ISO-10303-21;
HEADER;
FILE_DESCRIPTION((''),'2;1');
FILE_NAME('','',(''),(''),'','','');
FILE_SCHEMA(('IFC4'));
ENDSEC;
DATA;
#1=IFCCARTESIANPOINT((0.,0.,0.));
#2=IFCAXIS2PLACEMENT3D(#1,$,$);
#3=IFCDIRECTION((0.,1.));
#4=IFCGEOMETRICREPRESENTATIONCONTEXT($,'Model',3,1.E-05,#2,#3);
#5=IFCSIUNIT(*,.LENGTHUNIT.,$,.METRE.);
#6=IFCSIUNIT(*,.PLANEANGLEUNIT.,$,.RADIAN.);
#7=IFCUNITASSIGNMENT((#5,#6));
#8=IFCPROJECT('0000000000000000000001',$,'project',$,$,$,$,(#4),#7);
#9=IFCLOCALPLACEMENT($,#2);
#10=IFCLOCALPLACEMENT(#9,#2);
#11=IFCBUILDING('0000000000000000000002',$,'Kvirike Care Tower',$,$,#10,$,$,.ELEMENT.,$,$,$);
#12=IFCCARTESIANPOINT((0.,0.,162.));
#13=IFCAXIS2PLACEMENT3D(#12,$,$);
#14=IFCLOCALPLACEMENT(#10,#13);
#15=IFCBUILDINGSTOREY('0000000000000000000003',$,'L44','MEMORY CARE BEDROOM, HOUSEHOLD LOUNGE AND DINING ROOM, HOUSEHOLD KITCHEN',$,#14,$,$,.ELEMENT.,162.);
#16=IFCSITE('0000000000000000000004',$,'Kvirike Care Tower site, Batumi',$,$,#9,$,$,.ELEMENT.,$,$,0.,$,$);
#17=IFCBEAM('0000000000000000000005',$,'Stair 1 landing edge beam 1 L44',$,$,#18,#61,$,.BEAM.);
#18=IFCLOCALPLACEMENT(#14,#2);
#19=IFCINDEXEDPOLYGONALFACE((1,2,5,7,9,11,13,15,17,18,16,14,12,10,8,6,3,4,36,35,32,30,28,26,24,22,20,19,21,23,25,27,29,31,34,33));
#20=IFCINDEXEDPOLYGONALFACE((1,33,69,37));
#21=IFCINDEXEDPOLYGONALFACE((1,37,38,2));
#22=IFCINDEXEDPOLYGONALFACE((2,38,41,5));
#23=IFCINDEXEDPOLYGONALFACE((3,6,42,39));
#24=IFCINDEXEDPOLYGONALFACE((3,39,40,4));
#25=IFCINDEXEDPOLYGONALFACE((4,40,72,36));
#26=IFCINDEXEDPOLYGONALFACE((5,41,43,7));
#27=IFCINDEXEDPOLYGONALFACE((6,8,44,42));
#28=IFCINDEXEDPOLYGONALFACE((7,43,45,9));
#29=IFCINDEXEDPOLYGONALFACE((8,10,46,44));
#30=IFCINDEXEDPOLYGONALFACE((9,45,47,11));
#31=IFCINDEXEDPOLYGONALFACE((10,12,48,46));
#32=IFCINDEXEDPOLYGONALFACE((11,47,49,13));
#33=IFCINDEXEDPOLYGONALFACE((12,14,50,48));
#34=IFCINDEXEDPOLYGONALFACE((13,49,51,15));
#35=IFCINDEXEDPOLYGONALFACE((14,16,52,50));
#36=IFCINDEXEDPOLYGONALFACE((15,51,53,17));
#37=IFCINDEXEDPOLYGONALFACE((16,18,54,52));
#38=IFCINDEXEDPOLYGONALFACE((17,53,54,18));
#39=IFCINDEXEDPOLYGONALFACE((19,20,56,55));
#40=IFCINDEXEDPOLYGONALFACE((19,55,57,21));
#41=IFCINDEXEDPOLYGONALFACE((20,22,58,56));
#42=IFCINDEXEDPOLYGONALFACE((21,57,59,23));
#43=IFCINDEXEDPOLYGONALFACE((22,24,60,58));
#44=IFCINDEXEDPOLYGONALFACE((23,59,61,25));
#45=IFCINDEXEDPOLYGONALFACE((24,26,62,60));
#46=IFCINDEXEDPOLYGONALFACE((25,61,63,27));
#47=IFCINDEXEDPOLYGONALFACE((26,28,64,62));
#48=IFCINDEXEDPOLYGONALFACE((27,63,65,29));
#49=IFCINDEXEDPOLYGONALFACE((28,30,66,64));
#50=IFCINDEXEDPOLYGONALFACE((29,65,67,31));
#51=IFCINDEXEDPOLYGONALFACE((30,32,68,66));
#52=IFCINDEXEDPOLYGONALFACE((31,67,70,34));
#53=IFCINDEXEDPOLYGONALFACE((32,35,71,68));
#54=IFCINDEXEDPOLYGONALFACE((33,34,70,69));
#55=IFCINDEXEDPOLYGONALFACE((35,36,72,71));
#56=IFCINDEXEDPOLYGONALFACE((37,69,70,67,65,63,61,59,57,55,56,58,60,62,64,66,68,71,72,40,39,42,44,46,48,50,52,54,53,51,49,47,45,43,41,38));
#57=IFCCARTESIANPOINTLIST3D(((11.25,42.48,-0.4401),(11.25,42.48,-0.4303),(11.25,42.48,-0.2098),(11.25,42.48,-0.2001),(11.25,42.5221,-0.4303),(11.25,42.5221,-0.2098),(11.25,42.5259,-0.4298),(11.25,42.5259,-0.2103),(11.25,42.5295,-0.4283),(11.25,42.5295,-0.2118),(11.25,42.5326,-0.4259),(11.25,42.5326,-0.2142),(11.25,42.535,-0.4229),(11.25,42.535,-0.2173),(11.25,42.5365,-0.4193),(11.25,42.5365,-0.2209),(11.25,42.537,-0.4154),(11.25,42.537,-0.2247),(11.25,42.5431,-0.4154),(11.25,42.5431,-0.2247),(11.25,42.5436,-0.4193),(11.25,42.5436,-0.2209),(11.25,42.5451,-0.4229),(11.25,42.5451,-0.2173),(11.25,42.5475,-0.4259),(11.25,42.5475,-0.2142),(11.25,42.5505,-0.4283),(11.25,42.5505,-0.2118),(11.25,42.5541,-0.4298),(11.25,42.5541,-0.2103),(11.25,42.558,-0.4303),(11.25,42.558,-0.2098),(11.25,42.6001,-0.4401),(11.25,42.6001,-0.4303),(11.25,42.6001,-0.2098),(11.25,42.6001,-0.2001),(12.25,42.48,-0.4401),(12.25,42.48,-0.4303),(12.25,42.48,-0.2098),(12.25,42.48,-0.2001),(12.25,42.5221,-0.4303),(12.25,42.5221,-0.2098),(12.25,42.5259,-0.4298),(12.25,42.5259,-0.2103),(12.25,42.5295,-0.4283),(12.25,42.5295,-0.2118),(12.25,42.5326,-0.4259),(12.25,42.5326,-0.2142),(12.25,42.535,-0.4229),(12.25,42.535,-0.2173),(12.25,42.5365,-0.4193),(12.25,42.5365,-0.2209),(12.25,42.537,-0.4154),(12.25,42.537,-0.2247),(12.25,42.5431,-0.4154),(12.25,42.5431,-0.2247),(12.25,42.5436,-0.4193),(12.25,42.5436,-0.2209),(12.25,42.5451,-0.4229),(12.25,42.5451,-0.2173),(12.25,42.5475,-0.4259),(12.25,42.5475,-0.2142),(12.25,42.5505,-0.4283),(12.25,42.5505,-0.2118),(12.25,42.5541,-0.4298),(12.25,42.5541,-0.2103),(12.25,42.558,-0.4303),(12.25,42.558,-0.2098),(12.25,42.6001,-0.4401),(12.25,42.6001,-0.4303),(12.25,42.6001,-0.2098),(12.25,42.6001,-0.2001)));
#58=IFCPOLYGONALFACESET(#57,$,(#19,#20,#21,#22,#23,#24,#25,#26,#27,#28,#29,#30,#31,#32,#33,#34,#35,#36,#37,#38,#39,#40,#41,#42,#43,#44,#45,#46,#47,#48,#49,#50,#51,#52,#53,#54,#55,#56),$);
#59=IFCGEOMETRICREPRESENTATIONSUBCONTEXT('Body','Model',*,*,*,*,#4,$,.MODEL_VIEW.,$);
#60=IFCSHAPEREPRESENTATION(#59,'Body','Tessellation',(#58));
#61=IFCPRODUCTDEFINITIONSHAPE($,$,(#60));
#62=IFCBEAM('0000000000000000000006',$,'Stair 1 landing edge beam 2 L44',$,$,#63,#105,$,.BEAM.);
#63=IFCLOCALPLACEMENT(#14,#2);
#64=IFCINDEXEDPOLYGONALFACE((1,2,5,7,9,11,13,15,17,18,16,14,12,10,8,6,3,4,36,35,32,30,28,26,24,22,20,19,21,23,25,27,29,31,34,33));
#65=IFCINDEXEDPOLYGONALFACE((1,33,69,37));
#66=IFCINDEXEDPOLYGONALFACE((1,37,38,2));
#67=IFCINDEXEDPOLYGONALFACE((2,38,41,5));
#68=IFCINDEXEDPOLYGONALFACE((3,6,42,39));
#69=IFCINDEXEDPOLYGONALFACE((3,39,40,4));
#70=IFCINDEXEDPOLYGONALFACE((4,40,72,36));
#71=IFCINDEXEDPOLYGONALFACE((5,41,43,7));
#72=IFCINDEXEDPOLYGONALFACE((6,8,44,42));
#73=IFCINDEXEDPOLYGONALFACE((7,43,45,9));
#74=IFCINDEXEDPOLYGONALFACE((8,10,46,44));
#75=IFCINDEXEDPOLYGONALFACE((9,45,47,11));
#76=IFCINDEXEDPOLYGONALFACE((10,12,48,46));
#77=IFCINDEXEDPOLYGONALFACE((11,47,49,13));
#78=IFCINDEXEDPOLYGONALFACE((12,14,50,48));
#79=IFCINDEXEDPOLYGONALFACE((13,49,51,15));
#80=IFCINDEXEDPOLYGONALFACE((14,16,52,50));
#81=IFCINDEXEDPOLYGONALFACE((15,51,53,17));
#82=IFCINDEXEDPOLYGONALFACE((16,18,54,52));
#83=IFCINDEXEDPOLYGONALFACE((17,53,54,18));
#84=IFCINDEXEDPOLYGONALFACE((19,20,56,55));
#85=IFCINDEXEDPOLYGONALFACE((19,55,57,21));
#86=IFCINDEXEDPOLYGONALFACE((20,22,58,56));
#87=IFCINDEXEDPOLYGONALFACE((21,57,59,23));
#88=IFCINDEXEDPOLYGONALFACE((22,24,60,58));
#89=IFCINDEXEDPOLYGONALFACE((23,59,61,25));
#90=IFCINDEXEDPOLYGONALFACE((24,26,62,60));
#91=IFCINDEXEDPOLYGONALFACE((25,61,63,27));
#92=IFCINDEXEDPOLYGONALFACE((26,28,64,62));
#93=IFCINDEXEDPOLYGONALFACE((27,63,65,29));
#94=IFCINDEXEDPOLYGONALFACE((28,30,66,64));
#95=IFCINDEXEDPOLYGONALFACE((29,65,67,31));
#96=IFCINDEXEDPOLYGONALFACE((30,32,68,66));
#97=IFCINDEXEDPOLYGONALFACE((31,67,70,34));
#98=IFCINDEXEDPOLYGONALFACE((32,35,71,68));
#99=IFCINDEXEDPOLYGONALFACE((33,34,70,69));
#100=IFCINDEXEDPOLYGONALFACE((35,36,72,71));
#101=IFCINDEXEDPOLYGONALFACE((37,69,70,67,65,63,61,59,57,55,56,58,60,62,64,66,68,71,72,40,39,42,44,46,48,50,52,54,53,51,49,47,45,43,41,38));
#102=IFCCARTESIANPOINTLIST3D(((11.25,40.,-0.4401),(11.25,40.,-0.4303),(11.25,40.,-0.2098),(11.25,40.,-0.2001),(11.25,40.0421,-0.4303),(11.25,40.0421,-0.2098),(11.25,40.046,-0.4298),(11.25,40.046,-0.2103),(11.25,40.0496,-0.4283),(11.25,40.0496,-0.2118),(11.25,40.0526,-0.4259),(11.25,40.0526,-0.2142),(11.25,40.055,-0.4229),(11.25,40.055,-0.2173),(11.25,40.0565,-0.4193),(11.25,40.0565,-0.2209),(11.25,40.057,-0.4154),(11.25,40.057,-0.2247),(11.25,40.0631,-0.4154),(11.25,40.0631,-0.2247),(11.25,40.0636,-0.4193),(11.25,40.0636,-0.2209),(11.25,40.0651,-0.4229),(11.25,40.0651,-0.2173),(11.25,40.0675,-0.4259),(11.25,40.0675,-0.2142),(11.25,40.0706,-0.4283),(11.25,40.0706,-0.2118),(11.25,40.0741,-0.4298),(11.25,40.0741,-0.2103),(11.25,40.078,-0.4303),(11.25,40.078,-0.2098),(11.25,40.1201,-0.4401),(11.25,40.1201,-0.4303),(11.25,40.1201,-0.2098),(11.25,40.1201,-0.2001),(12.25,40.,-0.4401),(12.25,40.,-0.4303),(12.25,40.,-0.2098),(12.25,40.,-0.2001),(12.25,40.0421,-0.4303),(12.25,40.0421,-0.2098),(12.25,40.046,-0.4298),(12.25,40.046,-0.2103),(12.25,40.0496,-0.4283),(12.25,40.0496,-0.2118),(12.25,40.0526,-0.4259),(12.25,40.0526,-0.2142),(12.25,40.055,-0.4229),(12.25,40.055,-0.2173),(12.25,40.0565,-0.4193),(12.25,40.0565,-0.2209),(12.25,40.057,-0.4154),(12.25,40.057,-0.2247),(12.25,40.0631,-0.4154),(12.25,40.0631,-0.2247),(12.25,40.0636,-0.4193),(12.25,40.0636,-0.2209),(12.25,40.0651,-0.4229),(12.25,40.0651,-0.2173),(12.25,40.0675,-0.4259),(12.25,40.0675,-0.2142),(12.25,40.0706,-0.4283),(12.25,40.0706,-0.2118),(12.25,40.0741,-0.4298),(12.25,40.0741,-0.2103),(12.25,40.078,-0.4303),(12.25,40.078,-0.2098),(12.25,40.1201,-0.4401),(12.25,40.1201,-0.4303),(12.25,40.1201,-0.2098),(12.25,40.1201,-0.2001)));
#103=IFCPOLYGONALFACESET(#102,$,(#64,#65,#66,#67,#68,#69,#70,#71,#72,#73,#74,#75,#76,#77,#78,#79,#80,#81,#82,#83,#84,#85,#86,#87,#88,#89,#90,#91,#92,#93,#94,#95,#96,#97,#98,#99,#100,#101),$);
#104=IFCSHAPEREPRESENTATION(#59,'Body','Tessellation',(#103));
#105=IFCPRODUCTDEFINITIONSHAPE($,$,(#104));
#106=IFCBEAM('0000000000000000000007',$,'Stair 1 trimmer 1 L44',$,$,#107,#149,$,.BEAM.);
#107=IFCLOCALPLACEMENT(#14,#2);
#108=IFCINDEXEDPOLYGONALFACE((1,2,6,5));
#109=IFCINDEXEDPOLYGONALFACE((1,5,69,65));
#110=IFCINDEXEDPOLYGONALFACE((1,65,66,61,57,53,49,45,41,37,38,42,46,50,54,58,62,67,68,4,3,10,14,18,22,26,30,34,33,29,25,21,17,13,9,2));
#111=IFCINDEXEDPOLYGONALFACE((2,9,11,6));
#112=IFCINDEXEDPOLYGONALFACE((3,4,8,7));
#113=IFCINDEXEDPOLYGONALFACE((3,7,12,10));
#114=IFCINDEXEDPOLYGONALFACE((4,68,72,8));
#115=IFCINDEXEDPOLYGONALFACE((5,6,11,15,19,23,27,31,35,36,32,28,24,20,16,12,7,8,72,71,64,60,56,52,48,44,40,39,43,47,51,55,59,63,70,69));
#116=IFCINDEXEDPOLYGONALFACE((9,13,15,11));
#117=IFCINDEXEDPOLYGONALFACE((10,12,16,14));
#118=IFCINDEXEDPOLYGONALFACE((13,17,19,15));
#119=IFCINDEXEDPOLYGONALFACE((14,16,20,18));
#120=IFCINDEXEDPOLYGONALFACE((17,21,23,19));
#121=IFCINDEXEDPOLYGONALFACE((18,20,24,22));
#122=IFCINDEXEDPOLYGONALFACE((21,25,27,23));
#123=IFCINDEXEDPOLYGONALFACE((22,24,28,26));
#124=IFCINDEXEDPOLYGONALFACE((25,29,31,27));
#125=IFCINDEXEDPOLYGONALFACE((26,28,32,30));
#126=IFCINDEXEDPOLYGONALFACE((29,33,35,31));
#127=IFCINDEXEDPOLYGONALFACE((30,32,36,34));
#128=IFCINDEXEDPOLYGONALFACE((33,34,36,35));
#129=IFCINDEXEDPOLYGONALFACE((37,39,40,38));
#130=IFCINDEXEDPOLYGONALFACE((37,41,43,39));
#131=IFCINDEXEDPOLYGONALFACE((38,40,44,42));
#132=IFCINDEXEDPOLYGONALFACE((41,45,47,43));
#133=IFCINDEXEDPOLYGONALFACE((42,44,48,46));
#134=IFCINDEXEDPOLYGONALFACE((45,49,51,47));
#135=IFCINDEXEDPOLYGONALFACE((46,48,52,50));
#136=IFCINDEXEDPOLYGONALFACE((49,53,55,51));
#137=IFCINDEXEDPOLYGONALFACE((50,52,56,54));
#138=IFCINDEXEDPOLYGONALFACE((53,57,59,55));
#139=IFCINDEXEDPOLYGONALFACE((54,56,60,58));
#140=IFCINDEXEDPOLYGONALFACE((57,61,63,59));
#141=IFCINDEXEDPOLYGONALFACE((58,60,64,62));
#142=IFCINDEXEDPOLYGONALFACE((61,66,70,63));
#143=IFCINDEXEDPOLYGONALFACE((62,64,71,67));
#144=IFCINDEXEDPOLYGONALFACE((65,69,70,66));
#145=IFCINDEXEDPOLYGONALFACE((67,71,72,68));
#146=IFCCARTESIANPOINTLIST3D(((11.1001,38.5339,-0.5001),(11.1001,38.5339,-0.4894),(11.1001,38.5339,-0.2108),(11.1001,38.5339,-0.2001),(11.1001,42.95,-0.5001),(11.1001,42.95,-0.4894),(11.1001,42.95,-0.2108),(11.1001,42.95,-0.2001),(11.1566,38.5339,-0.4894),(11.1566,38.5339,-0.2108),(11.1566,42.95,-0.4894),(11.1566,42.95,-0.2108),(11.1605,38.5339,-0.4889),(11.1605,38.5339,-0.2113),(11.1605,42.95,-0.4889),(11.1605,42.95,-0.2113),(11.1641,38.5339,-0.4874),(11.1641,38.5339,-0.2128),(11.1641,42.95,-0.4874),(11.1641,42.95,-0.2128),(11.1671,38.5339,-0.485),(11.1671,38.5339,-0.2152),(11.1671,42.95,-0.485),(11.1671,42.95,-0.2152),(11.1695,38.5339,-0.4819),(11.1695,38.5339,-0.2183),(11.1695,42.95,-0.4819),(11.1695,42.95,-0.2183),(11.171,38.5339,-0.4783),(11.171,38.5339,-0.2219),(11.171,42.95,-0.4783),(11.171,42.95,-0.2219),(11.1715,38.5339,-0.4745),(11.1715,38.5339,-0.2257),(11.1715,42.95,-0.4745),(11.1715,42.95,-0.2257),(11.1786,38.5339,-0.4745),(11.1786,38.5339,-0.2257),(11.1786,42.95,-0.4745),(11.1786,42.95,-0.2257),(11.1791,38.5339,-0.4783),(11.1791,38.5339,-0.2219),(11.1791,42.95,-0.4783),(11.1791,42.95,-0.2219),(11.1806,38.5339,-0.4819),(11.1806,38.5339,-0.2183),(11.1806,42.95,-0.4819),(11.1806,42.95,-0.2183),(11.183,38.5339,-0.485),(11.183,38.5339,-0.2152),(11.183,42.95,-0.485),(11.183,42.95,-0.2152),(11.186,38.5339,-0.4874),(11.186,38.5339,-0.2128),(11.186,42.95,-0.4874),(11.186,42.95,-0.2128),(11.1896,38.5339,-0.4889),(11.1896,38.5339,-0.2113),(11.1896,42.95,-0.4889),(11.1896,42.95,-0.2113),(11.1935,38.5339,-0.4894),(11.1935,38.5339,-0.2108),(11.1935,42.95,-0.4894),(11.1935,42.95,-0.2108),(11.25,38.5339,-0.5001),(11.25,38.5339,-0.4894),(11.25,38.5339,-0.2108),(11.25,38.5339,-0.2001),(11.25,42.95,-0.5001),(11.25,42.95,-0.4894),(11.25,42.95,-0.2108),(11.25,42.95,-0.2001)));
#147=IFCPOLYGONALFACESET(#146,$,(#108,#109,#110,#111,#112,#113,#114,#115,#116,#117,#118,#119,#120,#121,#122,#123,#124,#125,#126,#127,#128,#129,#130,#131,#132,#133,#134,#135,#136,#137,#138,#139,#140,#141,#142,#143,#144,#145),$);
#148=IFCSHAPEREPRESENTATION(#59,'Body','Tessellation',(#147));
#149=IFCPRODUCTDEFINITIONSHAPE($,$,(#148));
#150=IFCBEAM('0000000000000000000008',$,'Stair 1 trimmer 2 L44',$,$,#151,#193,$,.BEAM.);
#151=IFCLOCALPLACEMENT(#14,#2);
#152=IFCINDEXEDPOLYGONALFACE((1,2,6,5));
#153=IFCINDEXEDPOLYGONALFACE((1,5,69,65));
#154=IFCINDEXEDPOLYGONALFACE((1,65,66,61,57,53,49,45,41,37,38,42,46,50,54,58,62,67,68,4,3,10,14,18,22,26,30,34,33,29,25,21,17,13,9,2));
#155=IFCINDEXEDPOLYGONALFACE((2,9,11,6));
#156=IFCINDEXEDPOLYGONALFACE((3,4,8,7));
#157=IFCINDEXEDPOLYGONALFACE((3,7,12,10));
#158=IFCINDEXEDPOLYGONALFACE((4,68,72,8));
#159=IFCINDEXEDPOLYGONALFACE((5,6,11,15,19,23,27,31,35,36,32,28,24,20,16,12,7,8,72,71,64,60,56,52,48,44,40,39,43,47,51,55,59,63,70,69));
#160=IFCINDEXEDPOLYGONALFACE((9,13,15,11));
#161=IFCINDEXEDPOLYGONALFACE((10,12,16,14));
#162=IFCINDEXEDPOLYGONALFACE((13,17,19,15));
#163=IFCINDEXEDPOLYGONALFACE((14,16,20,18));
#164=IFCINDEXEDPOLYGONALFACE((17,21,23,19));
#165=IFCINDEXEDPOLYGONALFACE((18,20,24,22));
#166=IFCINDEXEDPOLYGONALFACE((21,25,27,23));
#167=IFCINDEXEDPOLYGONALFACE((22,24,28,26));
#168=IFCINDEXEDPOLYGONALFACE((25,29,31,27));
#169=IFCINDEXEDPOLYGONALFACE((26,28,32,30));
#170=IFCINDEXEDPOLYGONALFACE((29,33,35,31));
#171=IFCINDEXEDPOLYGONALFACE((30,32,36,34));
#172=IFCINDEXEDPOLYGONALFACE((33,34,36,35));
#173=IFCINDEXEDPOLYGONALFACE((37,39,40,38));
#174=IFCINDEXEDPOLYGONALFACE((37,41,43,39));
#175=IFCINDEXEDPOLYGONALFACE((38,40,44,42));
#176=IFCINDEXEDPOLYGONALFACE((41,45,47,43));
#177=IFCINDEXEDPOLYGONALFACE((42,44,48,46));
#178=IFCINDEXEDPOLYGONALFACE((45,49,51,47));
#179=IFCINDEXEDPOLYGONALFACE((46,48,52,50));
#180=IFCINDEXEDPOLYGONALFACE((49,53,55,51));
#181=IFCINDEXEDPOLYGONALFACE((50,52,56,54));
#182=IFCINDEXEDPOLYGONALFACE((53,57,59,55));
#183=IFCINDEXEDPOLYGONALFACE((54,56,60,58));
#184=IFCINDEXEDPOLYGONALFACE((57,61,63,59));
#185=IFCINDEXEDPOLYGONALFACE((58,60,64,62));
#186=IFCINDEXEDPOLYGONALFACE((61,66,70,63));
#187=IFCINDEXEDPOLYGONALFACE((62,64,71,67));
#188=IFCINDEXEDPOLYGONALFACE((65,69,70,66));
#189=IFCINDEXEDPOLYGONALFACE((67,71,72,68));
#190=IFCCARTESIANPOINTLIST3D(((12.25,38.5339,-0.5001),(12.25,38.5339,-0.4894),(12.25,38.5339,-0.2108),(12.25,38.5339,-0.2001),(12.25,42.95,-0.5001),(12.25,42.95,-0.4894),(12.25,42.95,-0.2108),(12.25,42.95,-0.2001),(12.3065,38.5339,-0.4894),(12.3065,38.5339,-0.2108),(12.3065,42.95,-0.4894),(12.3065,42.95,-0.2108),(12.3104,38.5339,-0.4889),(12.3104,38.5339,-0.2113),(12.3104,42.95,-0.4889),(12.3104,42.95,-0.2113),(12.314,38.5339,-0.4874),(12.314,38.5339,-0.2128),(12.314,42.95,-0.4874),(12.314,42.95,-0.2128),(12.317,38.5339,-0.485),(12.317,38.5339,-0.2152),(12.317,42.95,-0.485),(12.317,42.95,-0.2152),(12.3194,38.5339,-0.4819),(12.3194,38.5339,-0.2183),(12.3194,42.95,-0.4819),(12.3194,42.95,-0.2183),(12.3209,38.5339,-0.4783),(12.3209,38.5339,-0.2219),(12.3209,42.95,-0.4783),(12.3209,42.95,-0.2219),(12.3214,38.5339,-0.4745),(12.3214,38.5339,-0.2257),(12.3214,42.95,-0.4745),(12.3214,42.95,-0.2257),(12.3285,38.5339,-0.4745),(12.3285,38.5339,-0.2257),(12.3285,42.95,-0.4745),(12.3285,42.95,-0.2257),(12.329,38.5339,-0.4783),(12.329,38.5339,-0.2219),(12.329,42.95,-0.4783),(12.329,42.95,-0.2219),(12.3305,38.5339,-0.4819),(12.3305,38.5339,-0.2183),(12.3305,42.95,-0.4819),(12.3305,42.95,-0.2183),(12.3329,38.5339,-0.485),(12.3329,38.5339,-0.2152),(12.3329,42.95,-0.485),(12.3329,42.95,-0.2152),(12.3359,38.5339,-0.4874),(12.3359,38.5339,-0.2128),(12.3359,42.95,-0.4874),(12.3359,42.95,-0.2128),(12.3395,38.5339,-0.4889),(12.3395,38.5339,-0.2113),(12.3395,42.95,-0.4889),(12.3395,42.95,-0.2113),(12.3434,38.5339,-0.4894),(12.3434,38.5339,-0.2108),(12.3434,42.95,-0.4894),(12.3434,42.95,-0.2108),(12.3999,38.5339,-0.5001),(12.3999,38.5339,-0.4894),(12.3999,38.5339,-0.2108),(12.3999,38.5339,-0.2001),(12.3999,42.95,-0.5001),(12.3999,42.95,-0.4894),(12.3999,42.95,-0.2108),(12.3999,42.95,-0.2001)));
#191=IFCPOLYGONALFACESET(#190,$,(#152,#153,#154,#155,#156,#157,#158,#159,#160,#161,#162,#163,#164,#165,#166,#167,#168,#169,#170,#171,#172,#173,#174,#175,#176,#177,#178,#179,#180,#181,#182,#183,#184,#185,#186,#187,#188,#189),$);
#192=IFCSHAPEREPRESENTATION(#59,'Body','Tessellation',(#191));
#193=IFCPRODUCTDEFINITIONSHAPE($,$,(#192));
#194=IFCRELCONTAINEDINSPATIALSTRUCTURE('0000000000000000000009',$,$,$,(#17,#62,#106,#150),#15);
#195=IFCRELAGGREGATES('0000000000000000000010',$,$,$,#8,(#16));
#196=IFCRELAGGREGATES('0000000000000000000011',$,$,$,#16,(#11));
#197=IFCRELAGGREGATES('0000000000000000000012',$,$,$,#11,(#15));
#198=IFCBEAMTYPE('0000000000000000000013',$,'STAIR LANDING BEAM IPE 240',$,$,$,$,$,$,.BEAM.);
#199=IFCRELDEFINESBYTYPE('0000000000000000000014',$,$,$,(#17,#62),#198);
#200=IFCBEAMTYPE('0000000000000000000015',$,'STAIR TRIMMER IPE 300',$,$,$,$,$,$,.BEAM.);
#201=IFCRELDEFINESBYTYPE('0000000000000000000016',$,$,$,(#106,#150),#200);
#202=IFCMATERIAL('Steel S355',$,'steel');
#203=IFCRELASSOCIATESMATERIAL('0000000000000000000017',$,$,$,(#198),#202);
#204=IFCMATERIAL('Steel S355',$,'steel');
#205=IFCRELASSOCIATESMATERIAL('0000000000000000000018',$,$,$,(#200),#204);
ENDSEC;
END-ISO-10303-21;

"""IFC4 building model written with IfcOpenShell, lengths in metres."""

from ifc_helpers import new_model, si_unit, direction, frame, origin, origin_2d, place, context, subcontext, project, spatial, i_section, extrude, material, material_profile, profile_set, type_object, element, save


model = new_model("IFC4")

# Units and contexts
model_context = context("Model", 3, precision=1e-05, world=origin(), true_north=direction((0.0, 1.0)))
body_context = subcontext(model_context, "Body", "Model", "MODEL_VIEW")
ifc_project = project(units=[si_unit("LENGTHUNIT", "METRE"), si_unit("PLANEANGLEUNIT", "RADIAN")], contexts=[model_context])

# Site, building, storey
site_placement = place(None, origin())
site = spatial("IfcSite", under=ifc_project, at=site_placement, Name="Kvirike Care Tower site, Batumi", CompositionType="ELEMENT", RefElevation=0.0)
building_placement = place(site_placement, origin())
building = spatial("IfcBuilding", under=site, at=building_placement, Name="Kvirike Care Tower", CompositionType="ELEMENT")
storey_placement = place(building_placement, frame((0.0, 0.0, 162.0)))
storey = spatial("IfcBuildingStorey", under=building, at=storey_placement, Name="L44", Description="MEMORY CARE BEDROOM, HOUSEHOLD LOUNGE AND DINING ROOM, HOUSEHOLD KITCHEN", CompositionType="ELEMENT", Elevation=162.0)

# Beams
ifc_material_1 = material(Name="Steel S355", Category="steel")
ifc_material_profile_1 = material_profile(ifc_material_1, i_section(OverallWidth=0.1201, OverallDepth=0.24, WebThickness=0.0061, FlangeThickness=0.0098, FilletRadius=0.0149, at=origin_2d()), Name="IPE 240")
ifc_profile_set_1 = profile_set([ifc_material_profile_1], Name="Steel S355")
beam_type_1 = type_object("IfcBeamType", Name="STAIR LANDING BEAM IPE 240", PredefinedType="BEAM", material=ifc_profile_set_1)
for number, where, z_axis, x_axis, name in (
    (1, (11.25, 42.54, -0.3201), (1.0, 0.0, 0.0), (0.0, 1.0, 0.0), "Stair 1 landing edge beam 1 L44"),
    (2, (11.25, 40.0601, -0.3201), (1.0, 0.0, 0.0), (0.0, 1.0, 0.0), "Stair 1 landing edge beam 2 L44"),
):
    element("IfcBeam", number, at=place(storey_placement, frame(where, z_axis=z_axis, x_axis=x_axis)), inside=storey, type_object=beam_type_1, Name=name, PredefinedType="BEAM", context=body_context, shape_type="SweptSolid", body=[
        extrude(i_section(OverallWidth=0.1201, OverallDepth=0.24, WebThickness=0.0061, FlangeThickness=0.0098, FilletRadius=0.0149, at=origin_2d()), origin(), (0.0, 0.0, 1.0), 1.0),
    ])
ifc_material_2 = material(Name="Steel S355", Category="steel")
ifc_material_profile_2 = material_profile(ifc_material_2, i_section(OverallWidth=0.1499, OverallDepth=0.3, WebThickness=0.0071, FlangeThickness=0.0107, FilletRadius=0.0149, at=origin_2d()), Name="IPE 300")
ifc_profile_set_2 = profile_set([ifc_material_profile_2], Name="Steel S355")
beam_type_2 = type_object("IfcBeamType", Name="STAIR TRIMMER IPE 300", PredefinedType="BEAM", material=ifc_profile_set_2)
for number, where, z_axis, x_axis, name in (
    (3, (11.175, 42.95, -0.3501), (0.0, -1.0, 0.0), (1.0, 0.0, 0.0), "Stair 1 trimmer 1 L44"),
    (4, (12.325, 42.95, -0.3501), (0.0, -1.0, 0.0), (1.0, 0.0, 0.0), "Stair 1 trimmer 2 L44"),
):
    element("IfcBeam", number, at=place(storey_placement, frame(where, z_axis=z_axis, x_axis=x_axis)), inside=storey, type_object=beam_type_2, Name=name, PredefinedType="BEAM", context=body_context, shape_type="SweptSolid", body=[
        extrude(i_section(OverallWidth=0.1499, OverallDepth=0.3, WebThickness=0.0071, FlangeThickness=0.0107, FilletRadius=0.0149, at=origin_2d()), origin(), (0.0, 0.0, 1.0), 4.416),
    ])

save(model, "model.ifc")
